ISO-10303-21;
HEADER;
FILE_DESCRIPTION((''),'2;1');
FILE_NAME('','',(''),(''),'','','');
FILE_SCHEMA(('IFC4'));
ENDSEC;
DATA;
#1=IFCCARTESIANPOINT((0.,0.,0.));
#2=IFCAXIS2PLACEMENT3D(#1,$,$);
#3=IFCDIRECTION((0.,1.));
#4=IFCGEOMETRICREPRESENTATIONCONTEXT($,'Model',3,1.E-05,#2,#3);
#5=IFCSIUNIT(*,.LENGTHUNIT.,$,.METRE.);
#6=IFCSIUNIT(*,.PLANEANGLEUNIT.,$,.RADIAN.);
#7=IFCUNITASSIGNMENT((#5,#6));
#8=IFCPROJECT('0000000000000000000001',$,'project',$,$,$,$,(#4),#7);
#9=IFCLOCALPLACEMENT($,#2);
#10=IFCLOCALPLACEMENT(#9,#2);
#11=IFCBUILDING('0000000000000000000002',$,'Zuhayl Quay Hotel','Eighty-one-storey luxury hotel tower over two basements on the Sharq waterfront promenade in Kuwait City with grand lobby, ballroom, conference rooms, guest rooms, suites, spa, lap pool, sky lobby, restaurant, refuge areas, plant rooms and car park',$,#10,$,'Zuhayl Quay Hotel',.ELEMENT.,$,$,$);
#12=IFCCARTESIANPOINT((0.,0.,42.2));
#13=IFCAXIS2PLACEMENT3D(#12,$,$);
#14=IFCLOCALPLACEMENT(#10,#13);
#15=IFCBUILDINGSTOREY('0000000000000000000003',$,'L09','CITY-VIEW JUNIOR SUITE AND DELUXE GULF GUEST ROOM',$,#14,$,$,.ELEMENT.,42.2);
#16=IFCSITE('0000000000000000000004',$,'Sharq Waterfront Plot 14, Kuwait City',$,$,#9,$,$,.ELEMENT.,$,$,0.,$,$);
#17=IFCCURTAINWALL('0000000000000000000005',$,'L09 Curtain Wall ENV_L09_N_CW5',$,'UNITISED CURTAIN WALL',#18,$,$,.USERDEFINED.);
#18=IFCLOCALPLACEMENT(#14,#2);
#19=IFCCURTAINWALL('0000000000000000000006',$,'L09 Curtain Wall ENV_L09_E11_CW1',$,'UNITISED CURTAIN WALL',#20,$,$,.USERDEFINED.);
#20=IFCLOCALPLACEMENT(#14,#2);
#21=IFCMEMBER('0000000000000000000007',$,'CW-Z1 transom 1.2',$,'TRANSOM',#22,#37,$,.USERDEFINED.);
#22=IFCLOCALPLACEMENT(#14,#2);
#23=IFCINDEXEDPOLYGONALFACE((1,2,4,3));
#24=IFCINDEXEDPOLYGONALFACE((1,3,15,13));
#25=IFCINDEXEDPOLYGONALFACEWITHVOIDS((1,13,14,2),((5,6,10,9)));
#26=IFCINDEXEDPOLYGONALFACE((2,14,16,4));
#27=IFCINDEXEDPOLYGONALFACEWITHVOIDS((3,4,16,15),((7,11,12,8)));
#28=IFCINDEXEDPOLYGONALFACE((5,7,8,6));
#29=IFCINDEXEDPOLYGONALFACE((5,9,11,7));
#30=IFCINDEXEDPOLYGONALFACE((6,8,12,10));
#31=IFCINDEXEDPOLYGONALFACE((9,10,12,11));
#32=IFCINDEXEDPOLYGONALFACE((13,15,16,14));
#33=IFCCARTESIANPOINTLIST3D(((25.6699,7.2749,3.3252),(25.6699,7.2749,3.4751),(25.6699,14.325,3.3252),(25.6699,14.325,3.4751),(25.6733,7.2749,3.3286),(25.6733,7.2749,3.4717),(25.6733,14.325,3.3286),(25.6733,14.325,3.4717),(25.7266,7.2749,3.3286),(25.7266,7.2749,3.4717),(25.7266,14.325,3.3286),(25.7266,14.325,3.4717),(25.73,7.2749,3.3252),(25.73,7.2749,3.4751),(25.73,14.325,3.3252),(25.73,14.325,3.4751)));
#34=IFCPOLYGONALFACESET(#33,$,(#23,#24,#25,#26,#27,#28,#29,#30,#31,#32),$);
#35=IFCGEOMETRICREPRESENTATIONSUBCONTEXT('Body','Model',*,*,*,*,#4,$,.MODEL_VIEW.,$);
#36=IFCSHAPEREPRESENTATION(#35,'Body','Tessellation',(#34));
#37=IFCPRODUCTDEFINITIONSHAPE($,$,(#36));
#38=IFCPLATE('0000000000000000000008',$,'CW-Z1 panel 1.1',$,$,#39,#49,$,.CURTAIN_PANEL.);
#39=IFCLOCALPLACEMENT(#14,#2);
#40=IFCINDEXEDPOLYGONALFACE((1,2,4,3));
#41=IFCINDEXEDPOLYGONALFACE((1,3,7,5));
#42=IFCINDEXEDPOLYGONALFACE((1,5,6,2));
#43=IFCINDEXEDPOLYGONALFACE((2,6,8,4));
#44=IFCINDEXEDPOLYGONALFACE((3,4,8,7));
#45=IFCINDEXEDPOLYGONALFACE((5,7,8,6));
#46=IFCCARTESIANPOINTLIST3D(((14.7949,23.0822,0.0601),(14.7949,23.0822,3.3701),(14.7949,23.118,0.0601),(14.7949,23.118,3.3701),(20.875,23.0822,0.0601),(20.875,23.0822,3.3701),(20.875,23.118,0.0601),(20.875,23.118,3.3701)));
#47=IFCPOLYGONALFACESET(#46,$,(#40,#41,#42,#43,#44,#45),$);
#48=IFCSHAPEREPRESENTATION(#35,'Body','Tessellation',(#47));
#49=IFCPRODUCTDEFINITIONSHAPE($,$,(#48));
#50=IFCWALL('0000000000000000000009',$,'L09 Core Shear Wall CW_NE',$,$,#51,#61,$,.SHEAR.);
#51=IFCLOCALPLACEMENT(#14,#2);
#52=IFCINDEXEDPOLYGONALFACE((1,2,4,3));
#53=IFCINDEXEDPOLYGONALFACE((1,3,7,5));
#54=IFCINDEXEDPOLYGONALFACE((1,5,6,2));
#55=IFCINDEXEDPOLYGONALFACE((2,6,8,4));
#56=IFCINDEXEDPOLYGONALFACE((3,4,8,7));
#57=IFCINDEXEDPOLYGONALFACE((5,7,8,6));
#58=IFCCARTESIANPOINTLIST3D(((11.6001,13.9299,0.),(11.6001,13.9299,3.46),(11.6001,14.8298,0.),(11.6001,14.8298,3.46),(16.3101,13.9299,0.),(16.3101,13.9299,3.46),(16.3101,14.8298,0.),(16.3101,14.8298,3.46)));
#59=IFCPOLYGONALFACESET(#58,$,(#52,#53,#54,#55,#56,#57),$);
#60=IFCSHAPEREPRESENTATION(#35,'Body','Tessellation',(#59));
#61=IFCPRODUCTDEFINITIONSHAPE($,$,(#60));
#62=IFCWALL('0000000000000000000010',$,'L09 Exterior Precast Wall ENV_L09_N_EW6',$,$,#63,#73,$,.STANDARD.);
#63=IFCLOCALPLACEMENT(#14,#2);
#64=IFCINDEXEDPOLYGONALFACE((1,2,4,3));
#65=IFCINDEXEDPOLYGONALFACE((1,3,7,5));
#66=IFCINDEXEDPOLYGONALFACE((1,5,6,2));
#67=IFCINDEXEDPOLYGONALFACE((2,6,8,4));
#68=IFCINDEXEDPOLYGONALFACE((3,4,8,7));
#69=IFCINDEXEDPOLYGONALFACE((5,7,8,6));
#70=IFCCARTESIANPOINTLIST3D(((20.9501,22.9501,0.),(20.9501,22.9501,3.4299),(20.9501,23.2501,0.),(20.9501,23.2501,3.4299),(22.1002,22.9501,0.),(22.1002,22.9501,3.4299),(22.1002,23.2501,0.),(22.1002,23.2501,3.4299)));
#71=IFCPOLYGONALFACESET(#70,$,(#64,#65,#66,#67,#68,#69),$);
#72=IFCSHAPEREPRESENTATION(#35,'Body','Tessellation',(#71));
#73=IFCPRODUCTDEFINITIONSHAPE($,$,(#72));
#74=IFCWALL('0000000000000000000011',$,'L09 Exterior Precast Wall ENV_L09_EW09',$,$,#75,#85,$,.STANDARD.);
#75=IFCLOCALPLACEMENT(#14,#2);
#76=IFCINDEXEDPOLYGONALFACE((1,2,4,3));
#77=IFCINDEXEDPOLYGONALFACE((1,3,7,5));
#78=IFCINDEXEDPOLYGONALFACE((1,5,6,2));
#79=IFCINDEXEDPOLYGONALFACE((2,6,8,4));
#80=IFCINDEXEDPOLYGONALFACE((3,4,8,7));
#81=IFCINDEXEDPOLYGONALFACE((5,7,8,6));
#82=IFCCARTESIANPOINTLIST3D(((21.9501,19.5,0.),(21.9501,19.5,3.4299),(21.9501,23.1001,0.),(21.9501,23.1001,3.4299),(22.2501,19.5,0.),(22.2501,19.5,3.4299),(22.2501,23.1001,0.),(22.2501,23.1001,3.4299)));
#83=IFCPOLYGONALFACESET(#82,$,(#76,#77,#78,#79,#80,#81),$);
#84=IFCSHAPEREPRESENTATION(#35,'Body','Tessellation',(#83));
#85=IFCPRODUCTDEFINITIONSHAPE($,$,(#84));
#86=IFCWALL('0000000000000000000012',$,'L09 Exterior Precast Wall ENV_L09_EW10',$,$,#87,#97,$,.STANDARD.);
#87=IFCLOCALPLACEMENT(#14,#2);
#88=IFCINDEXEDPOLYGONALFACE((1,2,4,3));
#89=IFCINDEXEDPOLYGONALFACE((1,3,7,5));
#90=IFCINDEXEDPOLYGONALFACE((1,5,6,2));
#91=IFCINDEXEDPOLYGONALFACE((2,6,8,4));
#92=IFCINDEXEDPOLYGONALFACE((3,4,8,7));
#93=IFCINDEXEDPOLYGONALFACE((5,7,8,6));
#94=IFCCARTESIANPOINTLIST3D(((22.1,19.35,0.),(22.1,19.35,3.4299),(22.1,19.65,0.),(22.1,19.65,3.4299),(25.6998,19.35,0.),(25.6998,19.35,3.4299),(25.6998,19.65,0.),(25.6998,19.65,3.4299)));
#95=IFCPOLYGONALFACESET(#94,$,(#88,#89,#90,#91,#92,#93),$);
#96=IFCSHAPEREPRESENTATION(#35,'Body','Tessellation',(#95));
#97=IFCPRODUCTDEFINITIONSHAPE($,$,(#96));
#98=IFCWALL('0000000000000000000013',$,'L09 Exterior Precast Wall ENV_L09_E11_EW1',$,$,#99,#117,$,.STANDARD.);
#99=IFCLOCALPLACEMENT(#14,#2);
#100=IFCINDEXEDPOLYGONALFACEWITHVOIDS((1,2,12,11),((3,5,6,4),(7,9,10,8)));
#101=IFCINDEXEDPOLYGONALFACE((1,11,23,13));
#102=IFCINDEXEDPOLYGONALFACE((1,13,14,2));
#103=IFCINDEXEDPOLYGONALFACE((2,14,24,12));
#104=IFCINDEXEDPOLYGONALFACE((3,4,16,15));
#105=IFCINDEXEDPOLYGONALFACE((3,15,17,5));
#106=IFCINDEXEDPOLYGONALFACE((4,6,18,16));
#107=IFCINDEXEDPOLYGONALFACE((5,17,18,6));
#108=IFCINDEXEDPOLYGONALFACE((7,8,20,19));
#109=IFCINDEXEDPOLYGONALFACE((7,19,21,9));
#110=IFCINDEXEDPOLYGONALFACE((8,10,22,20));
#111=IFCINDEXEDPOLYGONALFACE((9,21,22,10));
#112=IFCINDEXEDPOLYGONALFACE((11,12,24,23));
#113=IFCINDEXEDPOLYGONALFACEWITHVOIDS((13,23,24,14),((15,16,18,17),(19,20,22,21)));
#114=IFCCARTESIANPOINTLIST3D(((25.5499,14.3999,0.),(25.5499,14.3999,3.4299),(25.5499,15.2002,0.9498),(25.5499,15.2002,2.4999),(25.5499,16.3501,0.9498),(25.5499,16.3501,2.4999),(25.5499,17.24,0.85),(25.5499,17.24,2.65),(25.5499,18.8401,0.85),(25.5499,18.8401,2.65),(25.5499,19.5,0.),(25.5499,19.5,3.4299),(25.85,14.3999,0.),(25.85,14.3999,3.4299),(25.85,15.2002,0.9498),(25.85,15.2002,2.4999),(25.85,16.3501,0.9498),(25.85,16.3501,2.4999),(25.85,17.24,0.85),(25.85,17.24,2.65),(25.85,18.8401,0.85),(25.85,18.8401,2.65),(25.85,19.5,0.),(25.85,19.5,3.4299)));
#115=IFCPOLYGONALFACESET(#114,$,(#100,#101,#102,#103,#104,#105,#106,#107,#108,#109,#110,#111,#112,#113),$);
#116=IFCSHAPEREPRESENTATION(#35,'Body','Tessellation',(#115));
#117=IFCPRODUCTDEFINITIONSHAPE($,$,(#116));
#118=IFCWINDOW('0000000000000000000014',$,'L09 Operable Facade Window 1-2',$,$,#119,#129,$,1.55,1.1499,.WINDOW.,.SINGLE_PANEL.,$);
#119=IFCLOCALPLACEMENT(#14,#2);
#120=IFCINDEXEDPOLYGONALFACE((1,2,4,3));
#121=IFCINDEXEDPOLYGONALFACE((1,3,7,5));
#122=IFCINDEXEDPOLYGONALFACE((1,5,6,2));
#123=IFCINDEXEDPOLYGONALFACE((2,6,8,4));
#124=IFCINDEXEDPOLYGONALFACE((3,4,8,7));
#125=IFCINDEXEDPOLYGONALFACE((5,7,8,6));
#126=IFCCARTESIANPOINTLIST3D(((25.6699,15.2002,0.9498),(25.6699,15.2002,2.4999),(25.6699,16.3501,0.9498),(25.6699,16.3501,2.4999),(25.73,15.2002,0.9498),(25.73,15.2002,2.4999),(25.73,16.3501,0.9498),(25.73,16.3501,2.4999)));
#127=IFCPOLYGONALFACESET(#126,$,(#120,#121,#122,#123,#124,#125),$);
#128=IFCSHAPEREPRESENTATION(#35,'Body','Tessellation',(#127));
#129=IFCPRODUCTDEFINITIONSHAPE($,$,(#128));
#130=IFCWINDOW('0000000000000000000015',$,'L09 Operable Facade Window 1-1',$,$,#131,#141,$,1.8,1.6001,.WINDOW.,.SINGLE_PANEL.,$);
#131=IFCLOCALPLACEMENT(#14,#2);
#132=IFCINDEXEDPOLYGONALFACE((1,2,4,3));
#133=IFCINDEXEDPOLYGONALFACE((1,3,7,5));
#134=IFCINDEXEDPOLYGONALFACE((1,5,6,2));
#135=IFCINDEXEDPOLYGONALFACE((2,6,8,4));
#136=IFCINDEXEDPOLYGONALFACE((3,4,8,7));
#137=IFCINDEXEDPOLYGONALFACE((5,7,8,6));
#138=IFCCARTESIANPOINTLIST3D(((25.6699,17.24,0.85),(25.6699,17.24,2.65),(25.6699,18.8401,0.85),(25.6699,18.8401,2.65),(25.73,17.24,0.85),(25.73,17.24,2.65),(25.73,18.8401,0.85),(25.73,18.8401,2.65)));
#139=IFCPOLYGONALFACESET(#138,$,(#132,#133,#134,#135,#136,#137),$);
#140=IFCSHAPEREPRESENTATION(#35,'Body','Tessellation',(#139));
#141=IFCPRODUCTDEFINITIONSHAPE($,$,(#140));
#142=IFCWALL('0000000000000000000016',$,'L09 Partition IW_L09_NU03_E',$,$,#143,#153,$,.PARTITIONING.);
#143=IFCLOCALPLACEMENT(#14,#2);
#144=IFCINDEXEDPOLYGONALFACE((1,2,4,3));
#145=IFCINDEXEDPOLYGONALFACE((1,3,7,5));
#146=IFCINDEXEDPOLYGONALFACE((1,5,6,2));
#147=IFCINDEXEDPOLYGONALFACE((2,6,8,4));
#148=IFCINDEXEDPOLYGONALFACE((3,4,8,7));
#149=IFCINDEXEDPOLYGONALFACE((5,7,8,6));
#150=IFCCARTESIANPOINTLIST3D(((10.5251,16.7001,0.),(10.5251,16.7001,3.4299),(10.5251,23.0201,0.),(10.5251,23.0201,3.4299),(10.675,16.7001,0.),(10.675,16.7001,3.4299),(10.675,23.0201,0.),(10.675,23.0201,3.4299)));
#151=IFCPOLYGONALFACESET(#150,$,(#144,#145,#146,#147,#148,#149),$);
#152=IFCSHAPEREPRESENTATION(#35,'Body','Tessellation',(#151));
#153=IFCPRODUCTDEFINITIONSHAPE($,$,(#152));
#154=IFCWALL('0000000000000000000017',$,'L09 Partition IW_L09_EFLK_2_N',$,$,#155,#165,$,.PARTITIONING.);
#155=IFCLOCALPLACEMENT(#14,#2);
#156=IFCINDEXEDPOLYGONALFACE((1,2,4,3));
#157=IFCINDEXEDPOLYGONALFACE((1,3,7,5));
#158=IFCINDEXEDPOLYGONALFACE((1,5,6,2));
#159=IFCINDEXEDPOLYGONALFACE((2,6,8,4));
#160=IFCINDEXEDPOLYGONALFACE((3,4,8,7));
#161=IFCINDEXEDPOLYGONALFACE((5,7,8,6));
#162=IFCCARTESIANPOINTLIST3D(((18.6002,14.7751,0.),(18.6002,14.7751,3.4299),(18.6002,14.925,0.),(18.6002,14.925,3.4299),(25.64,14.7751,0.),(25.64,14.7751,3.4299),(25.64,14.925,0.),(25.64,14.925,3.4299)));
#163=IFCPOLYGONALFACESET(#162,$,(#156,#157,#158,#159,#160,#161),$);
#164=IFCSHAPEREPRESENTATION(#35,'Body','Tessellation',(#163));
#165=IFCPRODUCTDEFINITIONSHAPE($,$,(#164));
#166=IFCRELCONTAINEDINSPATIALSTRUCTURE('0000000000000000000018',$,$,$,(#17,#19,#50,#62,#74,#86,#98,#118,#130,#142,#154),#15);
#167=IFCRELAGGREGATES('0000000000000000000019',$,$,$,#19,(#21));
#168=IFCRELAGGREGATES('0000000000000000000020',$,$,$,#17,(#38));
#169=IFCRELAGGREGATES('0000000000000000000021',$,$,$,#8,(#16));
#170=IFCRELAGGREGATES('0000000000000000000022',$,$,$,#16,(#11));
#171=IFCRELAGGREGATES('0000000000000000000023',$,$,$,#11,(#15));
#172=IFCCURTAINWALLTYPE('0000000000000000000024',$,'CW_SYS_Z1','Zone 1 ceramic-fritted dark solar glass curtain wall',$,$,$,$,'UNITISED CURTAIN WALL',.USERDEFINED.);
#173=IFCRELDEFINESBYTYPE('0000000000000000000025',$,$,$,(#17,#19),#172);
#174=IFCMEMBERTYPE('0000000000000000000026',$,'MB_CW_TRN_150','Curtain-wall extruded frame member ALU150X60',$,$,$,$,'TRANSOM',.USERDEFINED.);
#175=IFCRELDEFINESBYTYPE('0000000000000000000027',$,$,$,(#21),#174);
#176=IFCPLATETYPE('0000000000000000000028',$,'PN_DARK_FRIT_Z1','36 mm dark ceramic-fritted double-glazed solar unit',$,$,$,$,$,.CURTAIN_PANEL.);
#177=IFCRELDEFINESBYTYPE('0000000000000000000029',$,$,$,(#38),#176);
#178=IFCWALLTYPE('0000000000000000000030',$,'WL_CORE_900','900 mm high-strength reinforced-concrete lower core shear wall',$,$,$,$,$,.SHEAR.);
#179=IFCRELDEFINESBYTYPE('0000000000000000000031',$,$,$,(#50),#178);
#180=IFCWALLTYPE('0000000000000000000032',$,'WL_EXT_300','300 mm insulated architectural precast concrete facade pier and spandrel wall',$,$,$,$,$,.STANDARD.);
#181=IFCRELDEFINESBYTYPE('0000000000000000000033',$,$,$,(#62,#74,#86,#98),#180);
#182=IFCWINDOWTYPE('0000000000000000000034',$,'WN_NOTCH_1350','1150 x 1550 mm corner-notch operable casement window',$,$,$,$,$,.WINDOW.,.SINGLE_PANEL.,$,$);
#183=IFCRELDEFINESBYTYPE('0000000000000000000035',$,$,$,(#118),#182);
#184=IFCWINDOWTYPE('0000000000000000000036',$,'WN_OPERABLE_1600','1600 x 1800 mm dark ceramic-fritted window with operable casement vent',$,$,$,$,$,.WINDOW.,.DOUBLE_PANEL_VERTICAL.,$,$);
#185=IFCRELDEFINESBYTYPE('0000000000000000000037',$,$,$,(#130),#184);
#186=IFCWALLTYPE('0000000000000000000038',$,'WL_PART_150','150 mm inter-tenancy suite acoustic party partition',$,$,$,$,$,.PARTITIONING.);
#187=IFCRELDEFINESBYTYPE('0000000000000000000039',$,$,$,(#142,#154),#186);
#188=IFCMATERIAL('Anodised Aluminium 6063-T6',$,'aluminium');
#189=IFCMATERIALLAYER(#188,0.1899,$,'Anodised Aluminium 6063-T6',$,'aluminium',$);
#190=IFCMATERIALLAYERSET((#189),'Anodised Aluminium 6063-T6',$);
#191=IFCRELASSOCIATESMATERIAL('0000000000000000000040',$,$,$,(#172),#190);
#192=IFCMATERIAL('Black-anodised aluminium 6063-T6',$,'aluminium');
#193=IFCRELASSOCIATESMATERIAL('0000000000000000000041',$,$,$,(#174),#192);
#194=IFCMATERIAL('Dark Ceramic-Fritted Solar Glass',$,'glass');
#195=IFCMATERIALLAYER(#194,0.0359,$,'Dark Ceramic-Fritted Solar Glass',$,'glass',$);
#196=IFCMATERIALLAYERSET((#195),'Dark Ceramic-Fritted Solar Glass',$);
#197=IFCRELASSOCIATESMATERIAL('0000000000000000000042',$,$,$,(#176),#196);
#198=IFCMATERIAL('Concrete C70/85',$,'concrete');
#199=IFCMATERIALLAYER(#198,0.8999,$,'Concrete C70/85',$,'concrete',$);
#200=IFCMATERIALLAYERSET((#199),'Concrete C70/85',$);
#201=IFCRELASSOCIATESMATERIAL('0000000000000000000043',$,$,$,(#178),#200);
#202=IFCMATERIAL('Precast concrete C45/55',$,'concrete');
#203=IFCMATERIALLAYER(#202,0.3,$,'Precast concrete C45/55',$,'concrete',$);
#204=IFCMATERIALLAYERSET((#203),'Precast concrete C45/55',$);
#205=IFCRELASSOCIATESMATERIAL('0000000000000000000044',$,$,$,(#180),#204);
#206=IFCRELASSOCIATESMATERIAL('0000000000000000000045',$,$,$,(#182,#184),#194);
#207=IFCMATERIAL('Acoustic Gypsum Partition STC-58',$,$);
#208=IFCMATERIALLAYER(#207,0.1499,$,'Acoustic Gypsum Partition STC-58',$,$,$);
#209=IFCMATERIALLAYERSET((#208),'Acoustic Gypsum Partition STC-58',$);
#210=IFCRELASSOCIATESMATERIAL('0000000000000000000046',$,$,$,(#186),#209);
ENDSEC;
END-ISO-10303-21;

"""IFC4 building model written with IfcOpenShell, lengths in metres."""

from ifc_helpers import new_model, si_unit, direction, frame, frame_2d, origin, origin_2d, place, context, subcontext, project, spatial, rectangle, hollow_rectangle, extrude, material, layer, layer_set, material_profile, profile_set, type_object, element, fill, aggregate, save


model = new_model("IFC4")

# Units and contexts
model_context = context("Model", 3, precision=1e-05, world=origin(), true_north=direction((0.0, 1.0)))
body_context = subcontext(model_context, "Body", "Model", "MODEL_VIEW")
ifc_project = project(units=[si_unit("LENGTHUNIT", "METRE"), si_unit("PLANEANGLEUNIT", "RADIAN")], contexts=[model_context])

# Site, building, storey
site_placement = place(None, origin())
site = spatial("IfcSite", under=ifc_project, at=site_placement, Name="Sharq Waterfront Plot 14, Kuwait City", CompositionType="ELEMENT", RefElevation=0.0)
building_placement = place(site_placement, origin())
building = spatial("IfcBuilding", under=site, at=building_placement, Name="Zuhayl Quay Hotel", Description="Eighty-one-storey luxury hotel tower over two basements on the Sharq waterfront promenade in Kuwait City with grand lobby, ballroom, conference rooms, guest rooms, suites, spa, lap pool, sky lobby, restaurant, refuge areas, plant rooms and car park", LongName="Zuhayl Quay Hotel", CompositionType="ELEMENT")
storey_placement = place(building_placement, frame((0.0, 0.0, 42.2)))
storey = spatial("IfcBuildingStorey", under=building, at=storey_placement, Name="L09", Description="CITY-VIEW JUNIOR SUITE AND DELUXE GULF GUEST ROOM", CompositionType="ELEMENT", Elevation=42.2)

# Shared definitions
ifc_material_1 = material(Name="Concrete C70/85", Category="concrete")

# Curtain wall
ifc_material_2 = material(Name="Anodised Aluminium 6063-T6", Category="aluminium")
ifc_layer_1 = layer(ifc_material_2, 0.1899, Name="Anodised Aluminium 6063-T6", Category="aluminium")
ifc_layer_set_1 = layer_set([ifc_layer_1], Name="Anodised Aluminium 6063-T6")
curtain_wall_type = type_object("IfcCurtainWallType", Name="CW_SYS_Z1", Description="Zone 1 ceramic-fritted dark solar glass curtain wall", ElementType="UNITISED CURTAIN WALL", PredefinedType="USERDEFINED", material=ifc_layer_set_1)
curtain_wall_1_placement = place(storey_placement, origin())
curtain_wall_1 = element("IfcCurtainWall", 1, at=curtain_wall_1_placement, inside=storey, type_object=curtain_wall_type, Name="L09 Curtain Wall ENV_L09_N_CW5", ObjectType="UNITISED CURTAIN WALL", PredefinedType="USERDEFINED")
ifc_material_3 = material(Name="Black-anodised aluminium 6063-T6", Category="aluminium")

# Curtain wall
curtain_wall_2_placement = place(storey_placement, origin())
curtain_wall_2 = element("IfcCurtainWall", 2, at=curtain_wall_2_placement, inside=storey, type_object=curtain_wall_type, Name="L09 Curtain Wall ENV_L09_E11_CW1", ObjectType="UNITISED CURTAIN WALL", PredefinedType="USERDEFINED")

# Member
ifc_material_profile_1 = material_profile(ifc_material_3, hollow_rectangle(XDim=0.0601, YDim=0.1499, WallThickness=0.0034, at=origin_2d()), Name="ALU150X60")
ifc_profile_set_1 = profile_set([ifc_material_profile_1], Name="Black-anodised aluminium 6063-T6")
member_type_1 = type_object("IfcMemberType", Name="MB_CW_TRN_150", Description="Curtain-wall extruded frame member ALU150X60", ElementType="TRANSOM", PredefinedType="USERDEFINED", material=ifc_profile_set_1)
member_1_placement = place(storey_placement, frame((25.7, 14.325, 3.4001), z_axis=(0.0, -1.0, 0.0), x_axis=(1.0, 0.0, 0.0)))
member_1 = element("IfcMember", 3, at=member_1_placement, type_object=member_type_1, Name="CW-Z1 transom 1.2", ObjectType="TRANSOM", PredefinedType="USERDEFINED", context=body_context, shape_type="SweptSolid", body=[
    extrude(hollow_rectangle(XDim=0.0601, YDim=0.1499, WallThickness=0.0034, at=origin_2d()), origin(), (0.0, 0.0, 1.0), 7.05),
])
aggregate(curtain_wall_2, [member_1])

# Plate
ifc_material_4 = material(Name="Dark Ceramic-Fritted Solar Glass", Category="glass")
ifc_layer_2 = layer(ifc_material_4, 0.0359, Name="Dark Ceramic-Fritted Solar Glass", Category="glass")
ifc_layer_set_2 = layer_set([ifc_layer_2], Name="Dark Ceramic-Fritted Solar Glass")
plate_type = type_object("IfcPlateType", Name="PN_DARK_FRIT_Z1", Description="36 mm dark ceramic-fritted double-glazed solar unit", PredefinedType="CURTAIN_PANEL", material=ifc_layer_set_2)
plate_placement = place(storey_placement, frame((17.835, 23.1001, 0.0601), z_axis=(0.0, 0.0, 1.0), x_axis=(1.0, 0.0, 0.0)))
plate = element("IfcPlate", 4, at=plate_placement, type_object=plate_type, Name="CW-Z1 panel 1.1", PredefinedType="CURTAIN_PANEL", context=body_context, shape_type="SweptSolid", body=[
    extrude(rectangle(XDim=6.0801, YDim=0.0359, at=origin_2d()), origin(), (0.0, 0.0, 1.0), 3.3101),
])
aggregate(curtain_wall_1, [plate])

# Walls
ifc_layer_3 = layer(ifc_material_1, 0.8999, Name="Concrete C70/85", Category="concrete")
ifc_layer_set_3 = layer_set([ifc_layer_3], Name="Concrete C70/85")
wall_type_1 = type_object("IfcWallType", Name="WL_CORE_900", Description="900 mm high-strength reinforced-concrete lower core shear wall", PredefinedType="SHEAR", material=ifc_layer_set_3)
wall_1_placement = place(storey_placement, frame((11.6001, 14.3799, 0.0), z_axis=(0.0, 0.0, 1.0), x_axis=(1.0, 0.0, 0.0)))
element("IfcWall", 5, at=wall_1_placement, inside=storey, type_object=wall_type_1, Name="L09 Core Shear Wall CW_NE", PredefinedType="SHEAR", context=body_context, shape_type="SweptSolid", body=[
    extrude(rectangle(XDim=4.71, YDim=0.8999, at=frame_2d((2.355, 0.0))), origin(), (0.0, 0.0, 1.0), 3.46),
])
ifc_material_5 = material(Name="Precast concrete C45/55", Category="concrete")
ifc_layer_4 = layer(ifc_material_5, 0.3, Name="Precast concrete C45/55", Category="concrete")
ifc_layer_set_4 = layer_set([ifc_layer_4], Name="Precast concrete C45/55")
wall_type_2 = type_object("IfcWallType", Name="WL_EXT_300", Description="300 mm insulated architectural precast concrete facade pier and spandrel wall", PredefinedType="STANDARD", material=ifc_layer_set_4)
wall_2_placement = place(storey_placement, frame((20.95, 23.1001, 0.0), z_axis=(0.0, 0.0, 1.0), x_axis=(1.0, 0.0, 0.0)))
element("IfcWall", 6, at=wall_2_placement, inside=storey, type_object=wall_type_2, Name="L09 Exterior Precast Wall ENV_L09_N_EW6", PredefinedType="STANDARD", context=body_context, shape_type="SweptSolid", body=[
    extrude(rectangle(XDim=1.1501, YDim=0.3, at=frame_2d((0.5752, 0.0))), origin(), (0.0, 0.0, 1.0), 3.4299),
])
wall_3_placement = place(storey_placement, frame((22.1001, 23.1001, 0.0), z_axis=(0.0, 0.0, 1.0), x_axis=(0.0, -1.0, 0.0)))
element("IfcWall", 7, at=wall_3_placement, inside=storey, type_object=wall_type_2, Name="L09 Exterior Precast Wall ENV_L09_EW09", PredefinedType="STANDARD", context=body_context, shape_type="SweptSolid", body=[
    extrude(rectangle(XDim=3.6001, YDim=0.3, at=frame_2d((1.8, 0.0))), origin(), (0.0, 0.0, 1.0), 3.4299),
])
wall_4_placement = place(storey_placement, frame((22.1001, 19.5, 0.0), z_axis=(0.0, 0.0, 1.0), x_axis=(1.0, 0.0, 0.0)))
element("IfcWall", 8, at=wall_4_placement, inside=storey, type_object=wall_type_2, Name="L09 Exterior Precast Wall ENV_L09_EW10", PredefinedType="STANDARD", context=body_context, shape_type="SweptSolid", body=[
    extrude(rectangle(XDim=3.5999, YDim=0.3, at=frame_2d((1.7998, 0.0))), origin(), (0.0, 0.0, 1.0), 3.4299),
])

# Wall, openings, windows
wall_5_placement = place(storey_placement, frame((25.7, 19.5, 0.0), z_axis=(0.0, 0.0, 1.0), x_axis=(0.0, -1.0, 0.0)))
wall_5 = element("IfcWall", 9, at=wall_5_placement, inside=storey, type_object=wall_type_2, Name="L09 Exterior Precast Wall ENV_L09_E11_EW1", PredefinedType="STANDARD", context=body_context, shape_type="SweptSolid", body=[
    extrude(rectangle(XDim=5.1001, YDim=0.3, at=frame_2d((2.55, 0.0))), origin(), (0.0, 0.0, 1.0), 3.4299),
])
opening_1_placement = place(wall_5_placement, frame((0.6599, 0.0, 0.8501)))
opening_1 = element("IfcOpeningElement", 10, at=opening_1_placement, cuts=wall_5, PredefinedType="OPENING", context=body_context, shape_type="SweptSolid", body=[
    extrude(rectangle(XDim=1.6001, YDim=1.8, at=frame_2d((0.8, 0.8999))), frame((0.0, 0.1599, 0.0), z_axis=(0.0, -1.0, 0.0), x_axis=(1.0, 0.0, 0.0)), (0.0, 0.0, 1.0), 0.3201),
])
opening_2_placement = place(wall_5_placement, frame((3.1499, 0.0, 0.95)))
opening_2 = element("IfcOpeningElement", 11, at=opening_2_placement, cuts=wall_5, PredefinedType="OPENING", context=body_context, shape_type="SweptSolid", body=[
    extrude(rectangle(XDim=1.1499, YDim=1.55, at=frame_2d((0.575, 0.7749))), frame((0.0, 0.1599, 0.0), z_axis=(0.0, -1.0, 0.0), x_axis=(1.0, 0.0, 0.0)), (0.0, 0.0, 1.0), 0.3201),
])
window_type_1 = type_object("IfcWindowType", Name="WN_NOTCH_1350", Description="1150 x 1550 mm corner-notch operable casement window", PartitioningType="SINGLE_PANEL", PredefinedType="WINDOW", material=ifc_material_4)
window_1_placement = place(opening_2_placement, origin())
window_1 = element("IfcWindow", 12, at=window_1_placement, inside=storey, type_object=window_type_1, Name="L09 Operable Facade Window 1-2", OverallHeight=1.55, OverallWidth=1.1499, PartitioningType="SINGLE_PANEL", PredefinedType="WINDOW", context=body_context, shape_type="SweptSolid", body=[
    extrude(rectangle(XDim=1.1499, YDim=1.55, at=frame_2d((0.575, 0.7749))), frame((0.0, 0.03, 0.0), z_axis=(0.0, -1.0, 0.0), x_axis=(1.0, 0.0, 0.0)), (0.0, 0.0, 1.0), 0.0601),
])
fill(opening_2, window_1)
window_type_2 = type_object("IfcWindowType", Name="WN_OPERABLE_1600", Description="1600 x 1800 mm dark ceramic-fritted window with operable casement vent", PartitioningType="DOUBLE_PANEL_VERTICAL", PredefinedType="WINDOW", material=ifc_material_4)
window_2_placement = place(opening_1_placement, origin())
window_2 = element("IfcWindow", 13, at=window_2_placement, inside=storey, type_object=window_type_2, Name="L09 Operable Facade Window 1-1", OverallHeight=1.8, OverallWidth=1.6001, PartitioningType="SINGLE_PANEL", PredefinedType="WINDOW", context=body_context, shape_type="SweptSolid", body=[
    extrude(rectangle(XDim=1.6001, YDim=1.8, at=frame_2d((0.8, 0.8999))), frame((0.0, 0.03, 0.0), z_axis=(0.0, -1.0, 0.0), x_axis=(1.0, 0.0, 0.0)), (0.0, 0.0, 1.0), 0.0601),
])
fill(opening_1, window_2)

# Walls
ifc_material_6 = material(Name="Acoustic Gypsum Partition STC-58")
ifc_layer_5 = layer(ifc_material_6, 0.1499, Name="Acoustic Gypsum Partition STC-58")
ifc_layer_set_5 = layer_set([ifc_layer_5], Name="Acoustic Gypsum Partition STC-58")
wall_type_3 = type_object("IfcWallType", Name="WL_PART_150", Description="150 mm inter-tenancy suite acoustic party partition", PredefinedType="PARTITIONING", material=ifc_layer_set_5)
wall_6_placement = place(storey_placement, frame((10.6001, 16.7, 0.0), z_axis=(0.0, 0.0, 1.0), x_axis=(0.0, 1.0, 0.0)))
element("IfcWall", 14, at=wall_6_placement, inside=storey, type_object=wall_type_3, Name="L09 Partition IW_L09_NU03_E", PredefinedType="PARTITIONING", context=body_context, shape_type="SweptSolid", body=[
    extrude(rectangle(XDim=6.3201, YDim=0.1499, at=frame_2d((3.1602, 0.0))), origin(), (0.0, 0.0, 1.0), 3.4299),
])
wall_7_placement = place(storey_placement, frame((18.6001, 14.8501, 0.0), z_axis=(0.0, 0.0, 1.0), x_axis=(1.0, 0.0, 0.0)))
element("IfcWall", 15, at=wall_7_placement, inside=storey, type_object=wall_type_3, Name="L09 Partition IW_L09_EFLK_2_N", PredefinedType="PARTITIONING", context=body_context, shape_type="SweptSolid", body=[
    extrude(rectangle(XDim=7.0398, YDim=0.1499, at=frame_2d((3.52, 0.0))), origin(), (0.0, 0.0, 1.0), 3.4299),
])

save(model, "model.ifc")
